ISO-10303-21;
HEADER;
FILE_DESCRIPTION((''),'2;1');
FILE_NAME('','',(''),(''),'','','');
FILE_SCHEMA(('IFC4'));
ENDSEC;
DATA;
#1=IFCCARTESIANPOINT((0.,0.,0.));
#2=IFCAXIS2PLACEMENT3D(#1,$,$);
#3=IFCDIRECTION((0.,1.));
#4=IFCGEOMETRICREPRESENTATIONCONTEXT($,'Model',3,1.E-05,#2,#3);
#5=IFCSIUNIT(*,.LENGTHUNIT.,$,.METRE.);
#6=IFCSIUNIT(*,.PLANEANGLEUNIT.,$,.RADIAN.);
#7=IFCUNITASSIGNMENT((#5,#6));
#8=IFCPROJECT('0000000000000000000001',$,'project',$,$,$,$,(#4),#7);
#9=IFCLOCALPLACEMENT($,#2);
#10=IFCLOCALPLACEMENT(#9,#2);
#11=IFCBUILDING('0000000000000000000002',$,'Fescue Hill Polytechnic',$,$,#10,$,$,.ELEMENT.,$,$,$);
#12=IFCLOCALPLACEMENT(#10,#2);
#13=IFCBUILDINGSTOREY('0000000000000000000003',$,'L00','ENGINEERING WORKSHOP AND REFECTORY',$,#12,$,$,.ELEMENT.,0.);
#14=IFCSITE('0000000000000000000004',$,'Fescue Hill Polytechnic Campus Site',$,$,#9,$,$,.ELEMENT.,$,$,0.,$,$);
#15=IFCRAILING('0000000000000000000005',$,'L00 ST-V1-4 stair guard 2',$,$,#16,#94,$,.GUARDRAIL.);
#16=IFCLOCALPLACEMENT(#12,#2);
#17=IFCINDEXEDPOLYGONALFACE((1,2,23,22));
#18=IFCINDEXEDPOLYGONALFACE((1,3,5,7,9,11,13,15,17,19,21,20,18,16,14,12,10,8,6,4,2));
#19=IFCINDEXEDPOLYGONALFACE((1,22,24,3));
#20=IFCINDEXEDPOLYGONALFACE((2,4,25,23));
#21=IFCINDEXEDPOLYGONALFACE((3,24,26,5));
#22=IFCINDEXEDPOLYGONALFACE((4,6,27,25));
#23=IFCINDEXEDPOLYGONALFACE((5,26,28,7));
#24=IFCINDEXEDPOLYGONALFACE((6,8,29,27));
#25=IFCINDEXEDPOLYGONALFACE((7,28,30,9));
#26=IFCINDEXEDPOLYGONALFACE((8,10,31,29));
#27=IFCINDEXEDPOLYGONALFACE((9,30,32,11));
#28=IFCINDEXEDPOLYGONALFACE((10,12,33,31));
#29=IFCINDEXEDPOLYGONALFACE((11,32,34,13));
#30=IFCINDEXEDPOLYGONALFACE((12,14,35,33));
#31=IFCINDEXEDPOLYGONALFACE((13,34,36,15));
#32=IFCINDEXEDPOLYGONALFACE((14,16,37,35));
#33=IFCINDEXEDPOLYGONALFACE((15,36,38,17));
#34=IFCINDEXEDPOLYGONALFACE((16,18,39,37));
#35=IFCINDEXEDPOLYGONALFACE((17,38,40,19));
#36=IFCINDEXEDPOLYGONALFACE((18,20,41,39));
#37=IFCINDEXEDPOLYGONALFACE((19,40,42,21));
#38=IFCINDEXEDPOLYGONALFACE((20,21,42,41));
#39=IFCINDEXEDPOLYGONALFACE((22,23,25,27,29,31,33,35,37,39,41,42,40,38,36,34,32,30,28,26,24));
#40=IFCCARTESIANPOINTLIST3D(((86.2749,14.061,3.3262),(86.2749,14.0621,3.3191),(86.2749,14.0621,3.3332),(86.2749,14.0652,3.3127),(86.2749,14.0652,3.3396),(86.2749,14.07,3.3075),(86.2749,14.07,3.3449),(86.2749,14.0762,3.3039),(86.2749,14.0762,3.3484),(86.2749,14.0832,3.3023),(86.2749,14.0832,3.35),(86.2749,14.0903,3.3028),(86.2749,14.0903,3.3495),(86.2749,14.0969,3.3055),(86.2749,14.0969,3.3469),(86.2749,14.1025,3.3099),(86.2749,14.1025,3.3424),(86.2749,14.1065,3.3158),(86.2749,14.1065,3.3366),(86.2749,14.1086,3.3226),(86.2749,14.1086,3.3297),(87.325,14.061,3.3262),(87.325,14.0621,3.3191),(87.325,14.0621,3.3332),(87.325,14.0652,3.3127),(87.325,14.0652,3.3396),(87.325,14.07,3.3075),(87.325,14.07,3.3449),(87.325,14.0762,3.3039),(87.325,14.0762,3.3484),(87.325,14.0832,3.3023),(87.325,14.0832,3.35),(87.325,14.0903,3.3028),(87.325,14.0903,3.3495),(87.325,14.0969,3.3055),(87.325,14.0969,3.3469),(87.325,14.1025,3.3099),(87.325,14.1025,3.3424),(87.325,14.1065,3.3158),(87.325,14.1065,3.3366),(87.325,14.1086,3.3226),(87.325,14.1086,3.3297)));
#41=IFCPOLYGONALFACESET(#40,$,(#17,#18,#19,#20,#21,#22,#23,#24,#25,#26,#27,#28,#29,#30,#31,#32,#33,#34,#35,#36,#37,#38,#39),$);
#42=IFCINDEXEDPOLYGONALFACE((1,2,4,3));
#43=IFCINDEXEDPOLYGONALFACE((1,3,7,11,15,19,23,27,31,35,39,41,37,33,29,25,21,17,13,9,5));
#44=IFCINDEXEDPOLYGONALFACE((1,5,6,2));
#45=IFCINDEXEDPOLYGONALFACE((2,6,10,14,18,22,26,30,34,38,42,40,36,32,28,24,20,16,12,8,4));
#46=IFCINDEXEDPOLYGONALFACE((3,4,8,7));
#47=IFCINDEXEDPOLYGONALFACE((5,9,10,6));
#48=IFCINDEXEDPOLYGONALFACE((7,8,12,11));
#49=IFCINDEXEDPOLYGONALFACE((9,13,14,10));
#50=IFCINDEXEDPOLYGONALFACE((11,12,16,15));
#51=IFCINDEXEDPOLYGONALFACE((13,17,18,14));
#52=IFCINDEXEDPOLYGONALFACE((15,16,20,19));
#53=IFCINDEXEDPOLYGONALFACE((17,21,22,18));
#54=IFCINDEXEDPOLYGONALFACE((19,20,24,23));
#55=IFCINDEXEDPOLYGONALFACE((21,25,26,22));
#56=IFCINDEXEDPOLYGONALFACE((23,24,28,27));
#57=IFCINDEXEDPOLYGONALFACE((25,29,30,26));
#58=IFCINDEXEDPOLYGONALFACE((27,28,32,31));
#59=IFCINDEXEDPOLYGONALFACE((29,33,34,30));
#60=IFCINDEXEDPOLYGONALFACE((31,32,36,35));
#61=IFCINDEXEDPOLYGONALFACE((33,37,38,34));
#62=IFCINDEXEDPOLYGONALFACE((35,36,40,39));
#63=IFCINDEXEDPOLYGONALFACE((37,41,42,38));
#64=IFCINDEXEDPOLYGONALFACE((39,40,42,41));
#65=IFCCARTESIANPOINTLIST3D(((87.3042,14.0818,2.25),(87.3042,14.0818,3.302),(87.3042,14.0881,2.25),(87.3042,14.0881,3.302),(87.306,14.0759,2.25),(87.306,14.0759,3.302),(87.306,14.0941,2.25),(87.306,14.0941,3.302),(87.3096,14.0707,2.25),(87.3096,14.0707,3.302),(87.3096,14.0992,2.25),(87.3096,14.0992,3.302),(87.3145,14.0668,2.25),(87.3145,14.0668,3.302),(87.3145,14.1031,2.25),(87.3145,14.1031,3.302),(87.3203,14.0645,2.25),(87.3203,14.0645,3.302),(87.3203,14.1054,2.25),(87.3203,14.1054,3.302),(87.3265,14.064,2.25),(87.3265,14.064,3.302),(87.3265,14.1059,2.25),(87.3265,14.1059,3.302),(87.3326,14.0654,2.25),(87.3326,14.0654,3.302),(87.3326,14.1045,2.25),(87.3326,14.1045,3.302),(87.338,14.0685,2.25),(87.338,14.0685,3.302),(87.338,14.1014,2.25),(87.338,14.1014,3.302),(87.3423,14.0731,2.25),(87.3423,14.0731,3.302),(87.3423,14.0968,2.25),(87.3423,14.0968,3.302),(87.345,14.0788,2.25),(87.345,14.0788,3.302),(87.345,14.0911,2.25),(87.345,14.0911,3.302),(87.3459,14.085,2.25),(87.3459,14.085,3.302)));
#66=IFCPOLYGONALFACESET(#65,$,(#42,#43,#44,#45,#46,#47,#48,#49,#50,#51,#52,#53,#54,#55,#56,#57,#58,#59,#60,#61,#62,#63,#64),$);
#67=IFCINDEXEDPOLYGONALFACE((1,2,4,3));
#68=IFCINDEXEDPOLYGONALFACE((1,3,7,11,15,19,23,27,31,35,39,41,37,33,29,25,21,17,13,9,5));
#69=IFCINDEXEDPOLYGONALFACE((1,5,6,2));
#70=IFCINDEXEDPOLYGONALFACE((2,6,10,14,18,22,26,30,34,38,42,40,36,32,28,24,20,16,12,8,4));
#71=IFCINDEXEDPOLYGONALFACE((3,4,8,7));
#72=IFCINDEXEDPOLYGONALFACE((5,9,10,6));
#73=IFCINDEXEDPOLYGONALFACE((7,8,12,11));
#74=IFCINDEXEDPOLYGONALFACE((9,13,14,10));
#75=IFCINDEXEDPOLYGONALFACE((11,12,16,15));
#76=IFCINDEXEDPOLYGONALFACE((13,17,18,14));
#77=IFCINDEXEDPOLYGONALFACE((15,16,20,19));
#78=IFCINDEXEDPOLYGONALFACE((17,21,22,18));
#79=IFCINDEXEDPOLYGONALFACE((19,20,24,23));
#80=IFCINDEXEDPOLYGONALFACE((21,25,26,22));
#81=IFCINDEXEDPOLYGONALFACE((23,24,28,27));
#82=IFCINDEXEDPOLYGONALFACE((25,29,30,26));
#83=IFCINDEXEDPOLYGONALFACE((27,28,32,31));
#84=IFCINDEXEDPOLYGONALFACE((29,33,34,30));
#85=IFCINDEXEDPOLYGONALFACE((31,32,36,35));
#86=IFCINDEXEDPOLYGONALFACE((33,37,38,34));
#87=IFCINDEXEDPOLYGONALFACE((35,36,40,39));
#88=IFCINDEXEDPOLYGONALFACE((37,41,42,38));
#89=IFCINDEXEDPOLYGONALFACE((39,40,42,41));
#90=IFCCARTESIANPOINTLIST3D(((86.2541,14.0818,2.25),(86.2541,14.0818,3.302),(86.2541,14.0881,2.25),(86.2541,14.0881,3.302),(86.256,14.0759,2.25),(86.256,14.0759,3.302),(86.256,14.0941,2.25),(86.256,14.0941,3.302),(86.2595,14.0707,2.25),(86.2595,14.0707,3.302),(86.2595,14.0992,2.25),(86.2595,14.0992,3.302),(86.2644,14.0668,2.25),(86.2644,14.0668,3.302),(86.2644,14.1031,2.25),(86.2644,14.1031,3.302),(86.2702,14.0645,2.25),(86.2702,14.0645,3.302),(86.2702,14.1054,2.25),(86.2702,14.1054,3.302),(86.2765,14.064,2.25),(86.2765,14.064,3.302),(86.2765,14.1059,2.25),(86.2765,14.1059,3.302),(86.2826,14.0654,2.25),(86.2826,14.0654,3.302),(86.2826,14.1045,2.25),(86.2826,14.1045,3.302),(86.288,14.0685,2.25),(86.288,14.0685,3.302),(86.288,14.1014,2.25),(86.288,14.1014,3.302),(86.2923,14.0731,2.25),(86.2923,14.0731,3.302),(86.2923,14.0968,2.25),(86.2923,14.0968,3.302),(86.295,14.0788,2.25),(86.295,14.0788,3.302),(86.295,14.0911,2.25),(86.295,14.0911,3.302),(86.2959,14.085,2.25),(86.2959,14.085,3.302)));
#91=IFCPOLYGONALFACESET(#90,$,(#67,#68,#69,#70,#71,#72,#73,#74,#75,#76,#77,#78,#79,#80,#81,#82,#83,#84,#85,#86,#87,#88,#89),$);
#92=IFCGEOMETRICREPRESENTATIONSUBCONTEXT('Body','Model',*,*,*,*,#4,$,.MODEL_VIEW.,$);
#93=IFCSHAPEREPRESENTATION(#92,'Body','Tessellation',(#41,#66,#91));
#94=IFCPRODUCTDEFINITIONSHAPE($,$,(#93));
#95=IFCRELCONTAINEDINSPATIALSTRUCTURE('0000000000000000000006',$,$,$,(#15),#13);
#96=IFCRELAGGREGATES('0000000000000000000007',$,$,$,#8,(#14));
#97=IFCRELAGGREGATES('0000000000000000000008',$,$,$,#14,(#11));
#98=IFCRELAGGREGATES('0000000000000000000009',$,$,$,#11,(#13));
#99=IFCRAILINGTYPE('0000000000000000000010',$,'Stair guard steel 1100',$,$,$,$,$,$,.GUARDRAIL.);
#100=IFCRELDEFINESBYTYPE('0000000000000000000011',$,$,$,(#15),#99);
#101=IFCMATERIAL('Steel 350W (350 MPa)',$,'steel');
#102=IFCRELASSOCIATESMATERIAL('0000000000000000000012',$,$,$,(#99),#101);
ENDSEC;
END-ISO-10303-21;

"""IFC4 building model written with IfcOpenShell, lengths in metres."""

from ifc_helpers import new_model, si_unit, direction, frame, origin, origin_2d, place, context, subcontext, project, spatial, circle, extrude, material, type_object, element, save


model = new_model("IFC4")

# Units and contexts
model_context = context("Model", 3, precision=1e-05, world=origin(), true_north=direction((0.0, 1.0)))
body_context = subcontext(model_context, "Body", "Model", "MODEL_VIEW")
ifc_project = project(units=[si_unit("LENGTHUNIT", "METRE"), si_unit("PLANEANGLEUNIT", "RADIAN")], contexts=[model_context])

# Site, building, storey
site_placement = place(None, origin())
site = spatial("IfcSite", under=ifc_project, at=site_placement, Name="Fescue Hill Polytechnic Campus Site", CompositionType="ELEMENT", RefElevation=0.0)
building_placement = place(site_placement, origin())
building = spatial("IfcBuilding", under=site, at=building_placement, Name="Fescue Hill Polytechnic", CompositionType="ELEMENT")
storey_placement = place(building_placement, origin())
storey = spatial("IfcBuildingStorey", under=building, at=storey_placement, Name="L00", Description="ENGINEERING WORKSHOP AND REFECTORY", CompositionType="ELEMENT", Elevation=0.0)

# Railing
ifc_material_1 = material(Name="Steel 350W (350 MPa)", Category="steel")
railing_type_1 = type_object("IfcRailingType", Name="Stair guard steel 1100", PredefinedType="GUARDRAIL", material=ifc_material_1)
railing_1_placement = place(storey_placement, frame((87.325, 14.085, 2.25)))
element("IfcRailing", 1, at=railing_1_placement, inside=storey, type_object=railing_type_1, Name="L00 ST-V1-4 stair guard 2", PredefinedType="GUARDRAIL", context=body_context, shape_type="SweptSolid", body=[
    extrude(circle(Radius=0.0239, at=origin_2d()), frame((0.0, 0.0, 1.0762), z_axis=(-1.0, 0.0, 0.0), x_axis=(0.0, -1.0, 0.0)), (0.0, 0.0, 1.0), 1.05),
    extrude(circle(Radius=0.021, at=origin_2d()), origin(), (0.0, 0.0, 1.0), 1.052),
    extrude(circle(Radius=0.021, at=origin_2d()), frame((-1.05, 0.0, 0.0)), (0.0, 0.0, 1.0), 1.052),
])

save(model, "model.ifc")
